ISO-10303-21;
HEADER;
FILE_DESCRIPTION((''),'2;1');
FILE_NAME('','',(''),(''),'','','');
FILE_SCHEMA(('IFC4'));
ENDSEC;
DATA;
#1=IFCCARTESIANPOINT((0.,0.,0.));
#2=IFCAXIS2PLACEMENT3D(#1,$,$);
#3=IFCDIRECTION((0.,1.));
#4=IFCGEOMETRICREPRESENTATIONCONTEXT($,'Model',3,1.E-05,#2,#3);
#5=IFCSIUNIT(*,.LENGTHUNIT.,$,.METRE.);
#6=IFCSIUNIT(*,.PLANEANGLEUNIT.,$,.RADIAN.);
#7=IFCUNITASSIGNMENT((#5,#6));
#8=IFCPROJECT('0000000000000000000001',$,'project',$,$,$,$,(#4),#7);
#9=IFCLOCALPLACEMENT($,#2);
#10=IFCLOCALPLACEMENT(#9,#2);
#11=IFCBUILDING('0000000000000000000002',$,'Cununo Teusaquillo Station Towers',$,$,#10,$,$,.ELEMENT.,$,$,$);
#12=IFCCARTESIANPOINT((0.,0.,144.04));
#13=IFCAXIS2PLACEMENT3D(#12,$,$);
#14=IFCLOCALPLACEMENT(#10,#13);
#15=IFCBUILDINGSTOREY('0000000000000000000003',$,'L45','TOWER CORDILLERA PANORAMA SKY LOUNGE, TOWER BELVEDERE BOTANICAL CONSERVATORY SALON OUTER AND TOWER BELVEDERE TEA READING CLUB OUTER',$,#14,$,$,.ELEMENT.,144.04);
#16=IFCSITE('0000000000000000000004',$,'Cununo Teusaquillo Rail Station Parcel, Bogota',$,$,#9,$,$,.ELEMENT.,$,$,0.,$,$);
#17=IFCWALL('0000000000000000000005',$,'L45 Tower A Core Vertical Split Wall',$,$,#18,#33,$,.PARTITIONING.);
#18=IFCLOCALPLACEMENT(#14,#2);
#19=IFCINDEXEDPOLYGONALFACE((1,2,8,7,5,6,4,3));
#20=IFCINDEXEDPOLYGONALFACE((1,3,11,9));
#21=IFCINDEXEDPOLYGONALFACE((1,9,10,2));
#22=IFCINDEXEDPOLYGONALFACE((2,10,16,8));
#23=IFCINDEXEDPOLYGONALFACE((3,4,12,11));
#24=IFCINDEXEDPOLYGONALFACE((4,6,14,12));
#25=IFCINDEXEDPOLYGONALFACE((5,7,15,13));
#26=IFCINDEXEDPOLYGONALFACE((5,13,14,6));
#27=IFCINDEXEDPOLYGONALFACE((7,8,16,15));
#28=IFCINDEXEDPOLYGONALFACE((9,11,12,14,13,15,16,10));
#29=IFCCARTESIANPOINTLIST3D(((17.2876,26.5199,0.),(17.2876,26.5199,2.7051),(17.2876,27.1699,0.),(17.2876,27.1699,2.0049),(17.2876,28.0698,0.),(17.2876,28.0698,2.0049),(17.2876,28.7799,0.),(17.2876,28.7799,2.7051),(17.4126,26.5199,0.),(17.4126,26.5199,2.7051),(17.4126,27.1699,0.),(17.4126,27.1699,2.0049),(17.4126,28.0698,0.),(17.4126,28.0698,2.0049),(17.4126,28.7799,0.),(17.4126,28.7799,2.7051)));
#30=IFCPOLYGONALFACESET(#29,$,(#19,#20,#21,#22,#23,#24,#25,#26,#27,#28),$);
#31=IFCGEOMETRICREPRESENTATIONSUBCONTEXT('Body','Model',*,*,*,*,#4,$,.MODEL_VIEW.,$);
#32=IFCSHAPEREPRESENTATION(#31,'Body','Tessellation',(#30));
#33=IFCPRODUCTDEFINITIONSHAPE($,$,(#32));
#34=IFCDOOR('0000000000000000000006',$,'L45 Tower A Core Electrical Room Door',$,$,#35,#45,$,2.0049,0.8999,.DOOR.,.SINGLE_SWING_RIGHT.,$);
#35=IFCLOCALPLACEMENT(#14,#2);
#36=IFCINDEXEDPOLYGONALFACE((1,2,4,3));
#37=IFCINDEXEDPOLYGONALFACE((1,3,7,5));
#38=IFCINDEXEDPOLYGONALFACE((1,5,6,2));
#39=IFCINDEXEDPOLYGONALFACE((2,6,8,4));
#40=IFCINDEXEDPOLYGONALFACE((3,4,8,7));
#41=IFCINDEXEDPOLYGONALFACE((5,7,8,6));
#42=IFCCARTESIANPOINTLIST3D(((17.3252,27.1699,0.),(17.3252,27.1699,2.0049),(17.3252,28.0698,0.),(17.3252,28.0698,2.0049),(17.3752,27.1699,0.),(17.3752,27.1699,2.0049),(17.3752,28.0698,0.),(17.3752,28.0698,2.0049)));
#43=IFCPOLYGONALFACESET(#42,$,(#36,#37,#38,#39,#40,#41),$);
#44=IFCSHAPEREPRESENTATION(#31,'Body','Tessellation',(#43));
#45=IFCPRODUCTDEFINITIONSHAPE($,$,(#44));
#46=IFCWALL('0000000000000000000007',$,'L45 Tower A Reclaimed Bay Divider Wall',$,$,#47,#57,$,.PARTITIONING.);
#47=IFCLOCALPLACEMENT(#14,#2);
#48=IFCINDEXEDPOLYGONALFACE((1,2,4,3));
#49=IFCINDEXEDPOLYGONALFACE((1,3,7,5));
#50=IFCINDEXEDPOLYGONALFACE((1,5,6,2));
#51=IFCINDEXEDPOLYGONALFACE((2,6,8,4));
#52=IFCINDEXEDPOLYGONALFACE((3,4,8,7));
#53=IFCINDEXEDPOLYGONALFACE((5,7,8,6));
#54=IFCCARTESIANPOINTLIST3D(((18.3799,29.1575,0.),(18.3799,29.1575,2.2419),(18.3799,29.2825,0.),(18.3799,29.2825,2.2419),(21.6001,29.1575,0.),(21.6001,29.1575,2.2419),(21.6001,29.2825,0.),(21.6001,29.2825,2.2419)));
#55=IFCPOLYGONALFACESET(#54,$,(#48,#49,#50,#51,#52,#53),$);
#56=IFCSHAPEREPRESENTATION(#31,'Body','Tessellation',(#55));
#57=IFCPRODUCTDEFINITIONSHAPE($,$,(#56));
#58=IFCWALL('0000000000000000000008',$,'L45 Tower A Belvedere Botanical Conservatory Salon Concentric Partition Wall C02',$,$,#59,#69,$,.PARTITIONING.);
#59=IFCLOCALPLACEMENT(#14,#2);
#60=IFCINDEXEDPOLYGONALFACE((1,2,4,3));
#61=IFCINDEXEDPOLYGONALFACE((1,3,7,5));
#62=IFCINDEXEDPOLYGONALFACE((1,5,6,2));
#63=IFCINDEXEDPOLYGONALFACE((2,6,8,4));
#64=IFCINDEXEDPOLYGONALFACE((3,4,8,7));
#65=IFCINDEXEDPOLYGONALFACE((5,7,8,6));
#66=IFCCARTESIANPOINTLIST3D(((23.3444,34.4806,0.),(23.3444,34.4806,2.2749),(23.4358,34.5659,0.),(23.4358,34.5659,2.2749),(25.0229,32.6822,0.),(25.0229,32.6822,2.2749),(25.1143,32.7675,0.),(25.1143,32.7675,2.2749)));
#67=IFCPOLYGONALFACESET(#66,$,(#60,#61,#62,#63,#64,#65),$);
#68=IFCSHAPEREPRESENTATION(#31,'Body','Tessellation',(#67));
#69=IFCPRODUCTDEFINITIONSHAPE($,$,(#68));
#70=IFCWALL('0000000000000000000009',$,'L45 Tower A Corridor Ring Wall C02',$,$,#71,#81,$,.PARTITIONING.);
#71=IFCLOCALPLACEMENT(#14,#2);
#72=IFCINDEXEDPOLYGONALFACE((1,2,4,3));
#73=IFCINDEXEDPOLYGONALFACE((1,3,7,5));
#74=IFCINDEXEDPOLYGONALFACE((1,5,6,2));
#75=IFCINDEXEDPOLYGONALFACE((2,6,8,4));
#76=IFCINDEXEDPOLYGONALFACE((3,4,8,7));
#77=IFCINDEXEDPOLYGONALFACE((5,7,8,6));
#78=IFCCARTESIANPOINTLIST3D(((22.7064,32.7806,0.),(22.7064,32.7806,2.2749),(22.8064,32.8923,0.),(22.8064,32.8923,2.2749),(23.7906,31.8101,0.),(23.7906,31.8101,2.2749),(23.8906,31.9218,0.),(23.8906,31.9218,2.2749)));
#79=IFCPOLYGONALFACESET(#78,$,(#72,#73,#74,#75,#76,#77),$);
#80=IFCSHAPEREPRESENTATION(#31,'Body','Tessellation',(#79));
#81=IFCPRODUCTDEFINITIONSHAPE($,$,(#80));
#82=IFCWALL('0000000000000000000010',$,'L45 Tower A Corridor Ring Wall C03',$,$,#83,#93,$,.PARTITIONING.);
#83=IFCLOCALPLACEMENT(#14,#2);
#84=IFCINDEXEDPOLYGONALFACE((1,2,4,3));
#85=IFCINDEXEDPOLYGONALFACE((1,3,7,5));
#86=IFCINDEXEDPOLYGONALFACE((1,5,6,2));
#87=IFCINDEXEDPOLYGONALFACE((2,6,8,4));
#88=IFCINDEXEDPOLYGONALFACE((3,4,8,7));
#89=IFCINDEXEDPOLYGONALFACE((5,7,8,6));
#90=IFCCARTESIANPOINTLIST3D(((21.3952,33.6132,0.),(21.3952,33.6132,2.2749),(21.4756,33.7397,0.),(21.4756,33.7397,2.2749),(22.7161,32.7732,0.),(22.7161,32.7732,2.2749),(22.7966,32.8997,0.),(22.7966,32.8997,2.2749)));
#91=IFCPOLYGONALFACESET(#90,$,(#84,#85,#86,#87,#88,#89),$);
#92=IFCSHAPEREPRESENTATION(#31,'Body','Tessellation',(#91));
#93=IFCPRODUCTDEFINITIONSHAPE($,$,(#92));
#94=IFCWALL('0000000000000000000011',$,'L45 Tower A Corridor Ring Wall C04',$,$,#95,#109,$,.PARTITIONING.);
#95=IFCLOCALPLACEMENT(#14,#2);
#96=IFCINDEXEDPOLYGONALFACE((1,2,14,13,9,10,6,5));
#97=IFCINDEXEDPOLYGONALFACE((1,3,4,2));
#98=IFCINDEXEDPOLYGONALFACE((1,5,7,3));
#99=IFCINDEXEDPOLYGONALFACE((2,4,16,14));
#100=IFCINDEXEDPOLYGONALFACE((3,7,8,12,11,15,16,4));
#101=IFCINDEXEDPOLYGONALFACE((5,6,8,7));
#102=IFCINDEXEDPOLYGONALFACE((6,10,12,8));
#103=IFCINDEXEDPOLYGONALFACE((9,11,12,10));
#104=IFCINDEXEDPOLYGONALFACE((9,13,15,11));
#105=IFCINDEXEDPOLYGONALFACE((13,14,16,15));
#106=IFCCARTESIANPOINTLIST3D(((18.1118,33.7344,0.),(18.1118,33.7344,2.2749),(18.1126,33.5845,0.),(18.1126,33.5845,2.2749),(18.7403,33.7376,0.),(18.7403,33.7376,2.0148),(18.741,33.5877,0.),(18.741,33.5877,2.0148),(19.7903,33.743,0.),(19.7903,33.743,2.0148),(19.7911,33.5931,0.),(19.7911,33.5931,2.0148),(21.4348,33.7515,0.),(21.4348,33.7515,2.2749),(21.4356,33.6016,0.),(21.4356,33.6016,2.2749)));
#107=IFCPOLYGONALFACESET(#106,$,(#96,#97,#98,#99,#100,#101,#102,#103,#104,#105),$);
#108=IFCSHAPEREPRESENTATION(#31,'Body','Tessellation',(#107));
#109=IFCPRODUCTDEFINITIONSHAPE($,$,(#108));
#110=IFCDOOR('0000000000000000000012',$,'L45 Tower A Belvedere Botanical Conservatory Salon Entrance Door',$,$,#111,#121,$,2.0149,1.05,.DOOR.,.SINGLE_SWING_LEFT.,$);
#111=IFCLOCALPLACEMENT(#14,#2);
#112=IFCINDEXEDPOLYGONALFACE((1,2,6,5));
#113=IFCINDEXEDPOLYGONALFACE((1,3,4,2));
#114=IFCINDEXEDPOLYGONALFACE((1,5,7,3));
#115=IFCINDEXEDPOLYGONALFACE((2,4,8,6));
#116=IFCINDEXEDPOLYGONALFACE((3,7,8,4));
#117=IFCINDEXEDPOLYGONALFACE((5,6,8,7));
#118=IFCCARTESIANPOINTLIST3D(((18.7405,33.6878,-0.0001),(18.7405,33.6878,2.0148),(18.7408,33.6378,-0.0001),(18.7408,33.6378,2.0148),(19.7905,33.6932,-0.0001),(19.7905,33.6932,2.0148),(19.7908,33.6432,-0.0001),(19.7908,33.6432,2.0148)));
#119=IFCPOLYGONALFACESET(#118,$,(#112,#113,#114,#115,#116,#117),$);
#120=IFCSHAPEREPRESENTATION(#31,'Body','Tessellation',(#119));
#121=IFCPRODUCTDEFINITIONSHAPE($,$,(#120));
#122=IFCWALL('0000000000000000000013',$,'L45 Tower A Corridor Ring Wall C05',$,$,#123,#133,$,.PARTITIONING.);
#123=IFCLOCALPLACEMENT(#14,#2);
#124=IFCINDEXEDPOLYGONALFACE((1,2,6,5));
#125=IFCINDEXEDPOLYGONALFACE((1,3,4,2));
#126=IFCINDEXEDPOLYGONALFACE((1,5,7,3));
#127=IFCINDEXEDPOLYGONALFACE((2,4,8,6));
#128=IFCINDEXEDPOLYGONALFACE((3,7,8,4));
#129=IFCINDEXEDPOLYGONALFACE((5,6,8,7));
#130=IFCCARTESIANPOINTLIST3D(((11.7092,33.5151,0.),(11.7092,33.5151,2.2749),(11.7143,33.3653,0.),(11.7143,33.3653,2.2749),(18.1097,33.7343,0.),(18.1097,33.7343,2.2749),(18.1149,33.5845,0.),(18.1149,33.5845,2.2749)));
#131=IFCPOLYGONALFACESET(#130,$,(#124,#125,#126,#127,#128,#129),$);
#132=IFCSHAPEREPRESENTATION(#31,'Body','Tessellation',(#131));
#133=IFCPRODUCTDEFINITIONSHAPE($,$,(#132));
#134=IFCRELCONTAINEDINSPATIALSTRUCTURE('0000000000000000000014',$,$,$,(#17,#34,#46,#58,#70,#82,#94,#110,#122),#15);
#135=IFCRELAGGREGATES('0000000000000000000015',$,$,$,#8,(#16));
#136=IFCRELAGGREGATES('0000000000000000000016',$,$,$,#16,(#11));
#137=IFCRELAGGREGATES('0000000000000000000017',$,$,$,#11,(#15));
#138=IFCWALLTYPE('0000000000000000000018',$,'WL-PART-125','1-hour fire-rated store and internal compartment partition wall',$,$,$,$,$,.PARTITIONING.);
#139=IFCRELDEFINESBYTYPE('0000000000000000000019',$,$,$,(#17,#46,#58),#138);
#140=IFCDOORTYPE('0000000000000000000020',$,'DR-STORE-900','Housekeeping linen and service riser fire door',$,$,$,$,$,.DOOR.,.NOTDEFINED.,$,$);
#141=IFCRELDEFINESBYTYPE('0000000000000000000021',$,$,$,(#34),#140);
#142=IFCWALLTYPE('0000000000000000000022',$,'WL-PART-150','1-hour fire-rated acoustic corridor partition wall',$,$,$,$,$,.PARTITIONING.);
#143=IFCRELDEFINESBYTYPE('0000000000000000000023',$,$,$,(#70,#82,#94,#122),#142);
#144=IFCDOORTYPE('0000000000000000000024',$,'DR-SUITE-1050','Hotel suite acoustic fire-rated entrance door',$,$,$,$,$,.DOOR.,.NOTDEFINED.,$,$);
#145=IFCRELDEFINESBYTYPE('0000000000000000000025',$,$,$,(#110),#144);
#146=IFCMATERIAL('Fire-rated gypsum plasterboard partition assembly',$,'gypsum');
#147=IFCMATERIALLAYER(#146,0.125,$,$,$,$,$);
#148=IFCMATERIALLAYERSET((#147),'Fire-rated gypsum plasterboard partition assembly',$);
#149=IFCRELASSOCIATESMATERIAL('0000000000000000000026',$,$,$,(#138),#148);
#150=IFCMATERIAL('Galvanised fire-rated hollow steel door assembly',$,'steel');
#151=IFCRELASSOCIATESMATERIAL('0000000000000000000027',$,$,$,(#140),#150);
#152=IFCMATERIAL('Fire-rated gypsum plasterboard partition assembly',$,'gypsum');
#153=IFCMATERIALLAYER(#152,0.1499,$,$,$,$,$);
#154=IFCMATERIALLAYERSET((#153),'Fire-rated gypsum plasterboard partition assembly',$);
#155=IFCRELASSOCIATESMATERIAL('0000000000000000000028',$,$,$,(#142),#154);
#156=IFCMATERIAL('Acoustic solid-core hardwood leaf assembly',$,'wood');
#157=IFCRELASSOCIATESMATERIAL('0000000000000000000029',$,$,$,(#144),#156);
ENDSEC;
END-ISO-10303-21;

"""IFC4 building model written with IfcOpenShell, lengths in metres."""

from ifc_helpers import new_model, si_unit, direction, frame, frame_2d, origin, place, context, subcontext, project, spatial, rectangle, extrude, source, transform, mapped, material, layer, layer_set, type_object, element, fill, save


model = new_model("IFC4")

# Units and contexts
model_context = context("Model", 3, precision=1e-05, world=origin(), true_north=direction((0.0, 1.0)))
body_context = subcontext(model_context, "Body", "Model", "MODEL_VIEW")
ifc_project = project(units=[si_unit("LENGTHUNIT", "METRE"), si_unit("PLANEANGLEUNIT", "RADIAN")], contexts=[model_context])

# Site, building, storey
site_placement = place(None, origin())
site = spatial("IfcSite", under=ifc_project, at=site_placement, Name="Cununo Teusaquillo Rail Station Parcel, Bogota", CompositionType="ELEMENT", RefElevation=0.0)
building_placement = place(site_placement, origin())
building = spatial("IfcBuilding", under=site, at=building_placement, Name="Cununo Teusaquillo Station Towers", CompositionType="ELEMENT")
storey_placement = place(building_placement, frame((0.0, 0.0, 144.04)))
storey = spatial("IfcBuildingStorey", under=building, at=storey_placement, Name="L45", Description="TOWER CORDILLERA PANORAMA SKY LOUNGE, TOWER BELVEDERE BOTANICAL CONSERVATORY SALON OUTER AND TOWER BELVEDERE TEA READING CLUB OUTER", CompositionType="ELEMENT", Elevation=144.04)

# Wall, opening, door
ifc_material_1 = material(Name="Fire-rated gypsum plasterboard partition assembly", Category="gypsum")
ifc_layer_1 = layer(ifc_material_1, 0.125)
ifc_layer_set_1 = layer_set([ifc_layer_1], Name="Fire-rated gypsum plasterboard partition assembly")
wall_type_1 = type_object("IfcWallType", Name="WL-PART-125", Description="1-hour fire-rated store and internal compartment partition wall", PredefinedType="PARTITIONING", material=ifc_layer_set_1)
wall_1_placement = place(storey_placement, frame((17.3501, 26.52, 0.0), z_axis=(0.0, 0.0, 1.0), x_axis=(0.0, 1.0, 0.0)))
wall_1 = element("IfcWall", 1, at=wall_1_placement, inside=storey, type_object=wall_type_1, Name="L45 Tower A Core Vertical Split Wall", PredefinedType="PARTITIONING", context=body_context, shape_type="SweptSolid", body=[
    extrude(rectangle(XDim=2.26, YDim=0.125, at=frame_2d((1.1299, 0.0))), origin(), (0.0, 0.0, 1.0), 2.7051),
])
shared_shape_1 = source(origin(), body_context, "Body", "SweptSolid", [
    extrude(rectangle(XDim=0.8999, YDim=2.0049, at=frame_2d((0.45, 1.0024))), frame((0.0, 0.0725, 0.0), z_axis=(0.0, -1.0, 0.0), x_axis=(1.0, 0.0, 0.0)), (0.0, 0.0, 1.0), 0.145),
])
opening_1_placement = place(wall_1_placement, frame((0.6499, 0.0, 0.0)))
opening_1 = element("IfcOpeningElement", 2, at=opening_1_placement, cuts=wall_1, PredefinedType="OPENING", context=body_context, shape_type="MappedRepresentation", body=[
    mapped(shared_shape_1, transform((0.0, 0.0, 0.0), x_axis=(1.0, 0.0, 0.0), y_axis=(0.0, 1.0, 0.0), z_axis=(0.0, 0.0, 1.0), scale=1.0)),
])
ifc_material_2 = material(Name="Galvanised fire-rated hollow steel door assembly", Category="steel")
door_type_1 = type_object("IfcDoorType", Name="DR-STORE-900", Description="Housekeeping linen and service riser fire door", OperationType="NOTDEFINED", PredefinedType="DOOR", material=ifc_material_2)
shared_shape_2 = source(origin(), body_context, "Body", "SweptSolid", [
    extrude(rectangle(XDim=0.8999, YDim=2.0049, at=frame_2d((0.45, 1.0024))), frame((0.0, 0.0249, 0.0), z_axis=(0.0, -1.0, 0.0), x_axis=(1.0, 0.0, 0.0)), (0.0, 0.0, 1.0), 0.05),
])
door_1_placement = place(opening_1_placement, origin())
door_1 = element("IfcDoor", 3, at=door_1_placement, inside=storey, type_object=door_type_1, Name="L45 Tower A Core Electrical Room Door", OperationType="SINGLE_SWING_RIGHT", OverallHeight=2.0049, OverallWidth=0.8999, PredefinedType="DOOR", context=body_context, shape_type="MappedRepresentation", body=[
    mapped(shared_shape_2, transform((0.0, 0.0, 0.0), x_axis=(1.0, 0.0, 0.0), y_axis=(0.0, 1.0, 0.0), z_axis=(0.0, 0.0, 1.0), scale=1.0)),
])
fill(opening_1, door_1)

# Walls
wall_2_placement = place(storey_placement, frame((18.3799, 29.22, 0.0), z_axis=(0.0, 0.0, 1.0), x_axis=(1.0, 0.0, 0.0)))
element("IfcWall", 4, at=wall_2_placement, inside=storey, type_object=wall_type_1, Name="L45 Tower A Reclaimed Bay Divider Wall", PredefinedType="PARTITIONING", context=body_context, shape_type="SweptSolid", body=[
    extrude(rectangle(XDim=3.2202, YDim=0.125, at=frame_2d((1.6101, 0.0))), origin(), (0.0, 0.0, 1.0), 2.2419),
])
wall_3_placement = place(storey_placement, frame((25.0686, 32.7249, 0.0), z_axis=(0.0, 0.0, 1.0), x_axis=(-0.682322, 0.731052, 0.0)))
element("IfcWall", 5, at=wall_3_placement, inside=storey, type_object=wall_type_1, Name="L45 Tower A Belvedere Botanical Conservatory Salon Concentric Partition Wall C02", PredefinedType="PARTITIONING", context=body_context, shape_type="SweptSolid", body=[
    extrude(rectangle(XDim=2.46, YDim=0.125, at=frame_2d((1.23, 0.0))), origin(), (0.0, 0.0, 1.0), 2.2749),
])
ifc_material_3 = material(Name="Fire-rated gypsum plasterboard partition assembly", Category="gypsum")
ifc_layer_2 = layer(ifc_material_3, 0.1499)
ifc_layer_set_2 = layer_set([ifc_layer_2], Name="Fire-rated gypsum plasterboard partition assembly")
wall_type_2 = type_object("IfcWallType", Name="WL-PART-150", Description="1-hour fire-rated acoustic corridor partition wall", PredefinedType="PARTITIONING", material=ifc_layer_set_2)
wall_4_placement = place(storey_placement, frame((23.8406, 31.866, 0.0), z_axis=(0.0, 0.0, 1.0), x_axis=(-0.745118, 0.666932, 0.0)))
element("IfcWall", 6, at=wall_4_placement, inside=storey, type_object=wall_type_2, Name="L45 Tower A Corridor Ring Wall C02", PredefinedType="PARTITIONING", context=body_context, shape_type="SweptSolid", body=[
    extrude(rectangle(XDim=1.4551, YDim=0.1499, at=frame_2d((0.7275, 0.0))), origin(), (0.0, 0.0, 1.0), 2.2749),
])
wall_5_placement = place(storey_placement, frame((22.7563, 32.8364, 0.0), z_axis=(0.0, 0.0, 1.0), x_axis=(-0.843828, 0.536613, 0.0)))
element("IfcWall", 7, at=wall_5_placement, inside=storey, type_object=wall_type_2, Name="L45 Tower A Corridor Ring Wall C03", PredefinedType="PARTITIONING", context=body_context, shape_type="SweptSolid", body=[
    extrude(rectangle(XDim=1.5654, YDim=0.1499, at=frame_2d((0.7827, 0.0))), origin(), (0.0, 0.0, 1.0), 2.2749),
])

# Wall, opening, door
wall_6_placement = place(storey_placement, frame((21.4353, 33.6765, 0.0), z_axis=(0.0, 0.0, 1.0), x_axis=(-0.999987, -0.005143, 0.0)))
wall_6 = element("IfcWall", 8, at=wall_6_placement, inside=storey, type_object=wall_type_2, Name="L45 Tower A Corridor Ring Wall C04", PredefinedType="PARTITIONING", context=body_context, shape_type="SweptSolid", body=[
    extrude(rectangle(XDim=3.323, YDim=0.1499, at=frame_2d((1.6616, 0.0))), origin(), (0.0, 0.0, 1.0), 2.2749),
])
shared_shape_3 = source(origin(), body_context, "Body", "SweptSolid", [
    extrude(rectangle(XDim=1.05, YDim=2.0149, at=frame_2d((0.5249, 1.0073))), frame((0.0, 0.085, 0.0), z_axis=(0.0, -1.0, 0.0), x_axis=(1.0, 0.0, 0.0)), (0.0, 0.0, 1.0), 0.1699),
])
opening_2_placement = place(wall_6_placement, frame((1.6448, 0.0, 0.0)))
opening_2 = element("IfcOpeningElement", 9, at=opening_2_placement, cuts=wall_6, PredefinedType="OPENING", context=body_context, shape_type="MappedRepresentation", body=[
    mapped(shared_shape_3, transform((0.0, 0.0, 0.0), x_axis=(1.0, 0.0, 0.0), y_axis=(0.0, 1.0, 0.0), z_axis=(0.0, 0.0, 1.0), scale=1.0)),
])
ifc_material_4 = material(Name="Acoustic solid-core hardwood leaf assembly", Category="wood")
door_type_2 = type_object("IfcDoorType", Name="DR-SUITE-1050", Description="Hotel suite acoustic fire-rated entrance door", OperationType="NOTDEFINED", PredefinedType="DOOR", material=ifc_material_4)
shared_shape_4 = source(origin(), body_context, "Body", "SweptSolid", [
    extrude(rectangle(XDim=1.05, YDim=2.0149, at=frame_2d((0.5249, 1.0073))), frame((0.0, 0.0249, 0.0), z_axis=(0.0, -1.0, 0.0), x_axis=(1.0, 0.0, 0.0)), (0.0, 0.0, 1.0), 0.05),
])
door_2_placement = place(opening_2_placement, origin())
door_2 = element("IfcDoor", 10, at=door_2_placement, inside=storey, type_object=door_type_2, Name="L45 Tower A Belvedere Botanical Conservatory Salon Entrance Door", OperationType="SINGLE_SWING_LEFT", OverallHeight=2.0149, OverallWidth=1.05, PredefinedType="DOOR", context=body_context, shape_type="MappedRepresentation", body=[
    mapped(shared_shape_4, transform((0.0, 0.0, 0.0), x_axis=(1.0, 0.0, 0.0), y_axis=(0.0, 1.0, 0.0), z_axis=(0.0, 0.0, 1.0), scale=1.0)),
])
fill(opening_2, door_2)

# Wall
wall_7_placement = place(storey_placement, frame((18.1123, 33.6594, 0.0), z_axis=(0.0, 0.0, 1.0), x_axis=(-0.999414, -0.034233, 0.0)))
element("IfcWall", 11, at=wall_7_placement, inside=storey, type_object=wall_type_2, Name="L45 Tower A Corridor Ring Wall C05", PredefinedType="PARTITIONING", context=body_context, shape_type="SweptSolid", body=[
    extrude(rectangle(XDim=6.4043, YDim=0.1499, at=frame_2d((3.2021, 0.0))), origin(), (0.0, 0.0, 1.0), 2.2749),
])

save(model, "model.ifc")
